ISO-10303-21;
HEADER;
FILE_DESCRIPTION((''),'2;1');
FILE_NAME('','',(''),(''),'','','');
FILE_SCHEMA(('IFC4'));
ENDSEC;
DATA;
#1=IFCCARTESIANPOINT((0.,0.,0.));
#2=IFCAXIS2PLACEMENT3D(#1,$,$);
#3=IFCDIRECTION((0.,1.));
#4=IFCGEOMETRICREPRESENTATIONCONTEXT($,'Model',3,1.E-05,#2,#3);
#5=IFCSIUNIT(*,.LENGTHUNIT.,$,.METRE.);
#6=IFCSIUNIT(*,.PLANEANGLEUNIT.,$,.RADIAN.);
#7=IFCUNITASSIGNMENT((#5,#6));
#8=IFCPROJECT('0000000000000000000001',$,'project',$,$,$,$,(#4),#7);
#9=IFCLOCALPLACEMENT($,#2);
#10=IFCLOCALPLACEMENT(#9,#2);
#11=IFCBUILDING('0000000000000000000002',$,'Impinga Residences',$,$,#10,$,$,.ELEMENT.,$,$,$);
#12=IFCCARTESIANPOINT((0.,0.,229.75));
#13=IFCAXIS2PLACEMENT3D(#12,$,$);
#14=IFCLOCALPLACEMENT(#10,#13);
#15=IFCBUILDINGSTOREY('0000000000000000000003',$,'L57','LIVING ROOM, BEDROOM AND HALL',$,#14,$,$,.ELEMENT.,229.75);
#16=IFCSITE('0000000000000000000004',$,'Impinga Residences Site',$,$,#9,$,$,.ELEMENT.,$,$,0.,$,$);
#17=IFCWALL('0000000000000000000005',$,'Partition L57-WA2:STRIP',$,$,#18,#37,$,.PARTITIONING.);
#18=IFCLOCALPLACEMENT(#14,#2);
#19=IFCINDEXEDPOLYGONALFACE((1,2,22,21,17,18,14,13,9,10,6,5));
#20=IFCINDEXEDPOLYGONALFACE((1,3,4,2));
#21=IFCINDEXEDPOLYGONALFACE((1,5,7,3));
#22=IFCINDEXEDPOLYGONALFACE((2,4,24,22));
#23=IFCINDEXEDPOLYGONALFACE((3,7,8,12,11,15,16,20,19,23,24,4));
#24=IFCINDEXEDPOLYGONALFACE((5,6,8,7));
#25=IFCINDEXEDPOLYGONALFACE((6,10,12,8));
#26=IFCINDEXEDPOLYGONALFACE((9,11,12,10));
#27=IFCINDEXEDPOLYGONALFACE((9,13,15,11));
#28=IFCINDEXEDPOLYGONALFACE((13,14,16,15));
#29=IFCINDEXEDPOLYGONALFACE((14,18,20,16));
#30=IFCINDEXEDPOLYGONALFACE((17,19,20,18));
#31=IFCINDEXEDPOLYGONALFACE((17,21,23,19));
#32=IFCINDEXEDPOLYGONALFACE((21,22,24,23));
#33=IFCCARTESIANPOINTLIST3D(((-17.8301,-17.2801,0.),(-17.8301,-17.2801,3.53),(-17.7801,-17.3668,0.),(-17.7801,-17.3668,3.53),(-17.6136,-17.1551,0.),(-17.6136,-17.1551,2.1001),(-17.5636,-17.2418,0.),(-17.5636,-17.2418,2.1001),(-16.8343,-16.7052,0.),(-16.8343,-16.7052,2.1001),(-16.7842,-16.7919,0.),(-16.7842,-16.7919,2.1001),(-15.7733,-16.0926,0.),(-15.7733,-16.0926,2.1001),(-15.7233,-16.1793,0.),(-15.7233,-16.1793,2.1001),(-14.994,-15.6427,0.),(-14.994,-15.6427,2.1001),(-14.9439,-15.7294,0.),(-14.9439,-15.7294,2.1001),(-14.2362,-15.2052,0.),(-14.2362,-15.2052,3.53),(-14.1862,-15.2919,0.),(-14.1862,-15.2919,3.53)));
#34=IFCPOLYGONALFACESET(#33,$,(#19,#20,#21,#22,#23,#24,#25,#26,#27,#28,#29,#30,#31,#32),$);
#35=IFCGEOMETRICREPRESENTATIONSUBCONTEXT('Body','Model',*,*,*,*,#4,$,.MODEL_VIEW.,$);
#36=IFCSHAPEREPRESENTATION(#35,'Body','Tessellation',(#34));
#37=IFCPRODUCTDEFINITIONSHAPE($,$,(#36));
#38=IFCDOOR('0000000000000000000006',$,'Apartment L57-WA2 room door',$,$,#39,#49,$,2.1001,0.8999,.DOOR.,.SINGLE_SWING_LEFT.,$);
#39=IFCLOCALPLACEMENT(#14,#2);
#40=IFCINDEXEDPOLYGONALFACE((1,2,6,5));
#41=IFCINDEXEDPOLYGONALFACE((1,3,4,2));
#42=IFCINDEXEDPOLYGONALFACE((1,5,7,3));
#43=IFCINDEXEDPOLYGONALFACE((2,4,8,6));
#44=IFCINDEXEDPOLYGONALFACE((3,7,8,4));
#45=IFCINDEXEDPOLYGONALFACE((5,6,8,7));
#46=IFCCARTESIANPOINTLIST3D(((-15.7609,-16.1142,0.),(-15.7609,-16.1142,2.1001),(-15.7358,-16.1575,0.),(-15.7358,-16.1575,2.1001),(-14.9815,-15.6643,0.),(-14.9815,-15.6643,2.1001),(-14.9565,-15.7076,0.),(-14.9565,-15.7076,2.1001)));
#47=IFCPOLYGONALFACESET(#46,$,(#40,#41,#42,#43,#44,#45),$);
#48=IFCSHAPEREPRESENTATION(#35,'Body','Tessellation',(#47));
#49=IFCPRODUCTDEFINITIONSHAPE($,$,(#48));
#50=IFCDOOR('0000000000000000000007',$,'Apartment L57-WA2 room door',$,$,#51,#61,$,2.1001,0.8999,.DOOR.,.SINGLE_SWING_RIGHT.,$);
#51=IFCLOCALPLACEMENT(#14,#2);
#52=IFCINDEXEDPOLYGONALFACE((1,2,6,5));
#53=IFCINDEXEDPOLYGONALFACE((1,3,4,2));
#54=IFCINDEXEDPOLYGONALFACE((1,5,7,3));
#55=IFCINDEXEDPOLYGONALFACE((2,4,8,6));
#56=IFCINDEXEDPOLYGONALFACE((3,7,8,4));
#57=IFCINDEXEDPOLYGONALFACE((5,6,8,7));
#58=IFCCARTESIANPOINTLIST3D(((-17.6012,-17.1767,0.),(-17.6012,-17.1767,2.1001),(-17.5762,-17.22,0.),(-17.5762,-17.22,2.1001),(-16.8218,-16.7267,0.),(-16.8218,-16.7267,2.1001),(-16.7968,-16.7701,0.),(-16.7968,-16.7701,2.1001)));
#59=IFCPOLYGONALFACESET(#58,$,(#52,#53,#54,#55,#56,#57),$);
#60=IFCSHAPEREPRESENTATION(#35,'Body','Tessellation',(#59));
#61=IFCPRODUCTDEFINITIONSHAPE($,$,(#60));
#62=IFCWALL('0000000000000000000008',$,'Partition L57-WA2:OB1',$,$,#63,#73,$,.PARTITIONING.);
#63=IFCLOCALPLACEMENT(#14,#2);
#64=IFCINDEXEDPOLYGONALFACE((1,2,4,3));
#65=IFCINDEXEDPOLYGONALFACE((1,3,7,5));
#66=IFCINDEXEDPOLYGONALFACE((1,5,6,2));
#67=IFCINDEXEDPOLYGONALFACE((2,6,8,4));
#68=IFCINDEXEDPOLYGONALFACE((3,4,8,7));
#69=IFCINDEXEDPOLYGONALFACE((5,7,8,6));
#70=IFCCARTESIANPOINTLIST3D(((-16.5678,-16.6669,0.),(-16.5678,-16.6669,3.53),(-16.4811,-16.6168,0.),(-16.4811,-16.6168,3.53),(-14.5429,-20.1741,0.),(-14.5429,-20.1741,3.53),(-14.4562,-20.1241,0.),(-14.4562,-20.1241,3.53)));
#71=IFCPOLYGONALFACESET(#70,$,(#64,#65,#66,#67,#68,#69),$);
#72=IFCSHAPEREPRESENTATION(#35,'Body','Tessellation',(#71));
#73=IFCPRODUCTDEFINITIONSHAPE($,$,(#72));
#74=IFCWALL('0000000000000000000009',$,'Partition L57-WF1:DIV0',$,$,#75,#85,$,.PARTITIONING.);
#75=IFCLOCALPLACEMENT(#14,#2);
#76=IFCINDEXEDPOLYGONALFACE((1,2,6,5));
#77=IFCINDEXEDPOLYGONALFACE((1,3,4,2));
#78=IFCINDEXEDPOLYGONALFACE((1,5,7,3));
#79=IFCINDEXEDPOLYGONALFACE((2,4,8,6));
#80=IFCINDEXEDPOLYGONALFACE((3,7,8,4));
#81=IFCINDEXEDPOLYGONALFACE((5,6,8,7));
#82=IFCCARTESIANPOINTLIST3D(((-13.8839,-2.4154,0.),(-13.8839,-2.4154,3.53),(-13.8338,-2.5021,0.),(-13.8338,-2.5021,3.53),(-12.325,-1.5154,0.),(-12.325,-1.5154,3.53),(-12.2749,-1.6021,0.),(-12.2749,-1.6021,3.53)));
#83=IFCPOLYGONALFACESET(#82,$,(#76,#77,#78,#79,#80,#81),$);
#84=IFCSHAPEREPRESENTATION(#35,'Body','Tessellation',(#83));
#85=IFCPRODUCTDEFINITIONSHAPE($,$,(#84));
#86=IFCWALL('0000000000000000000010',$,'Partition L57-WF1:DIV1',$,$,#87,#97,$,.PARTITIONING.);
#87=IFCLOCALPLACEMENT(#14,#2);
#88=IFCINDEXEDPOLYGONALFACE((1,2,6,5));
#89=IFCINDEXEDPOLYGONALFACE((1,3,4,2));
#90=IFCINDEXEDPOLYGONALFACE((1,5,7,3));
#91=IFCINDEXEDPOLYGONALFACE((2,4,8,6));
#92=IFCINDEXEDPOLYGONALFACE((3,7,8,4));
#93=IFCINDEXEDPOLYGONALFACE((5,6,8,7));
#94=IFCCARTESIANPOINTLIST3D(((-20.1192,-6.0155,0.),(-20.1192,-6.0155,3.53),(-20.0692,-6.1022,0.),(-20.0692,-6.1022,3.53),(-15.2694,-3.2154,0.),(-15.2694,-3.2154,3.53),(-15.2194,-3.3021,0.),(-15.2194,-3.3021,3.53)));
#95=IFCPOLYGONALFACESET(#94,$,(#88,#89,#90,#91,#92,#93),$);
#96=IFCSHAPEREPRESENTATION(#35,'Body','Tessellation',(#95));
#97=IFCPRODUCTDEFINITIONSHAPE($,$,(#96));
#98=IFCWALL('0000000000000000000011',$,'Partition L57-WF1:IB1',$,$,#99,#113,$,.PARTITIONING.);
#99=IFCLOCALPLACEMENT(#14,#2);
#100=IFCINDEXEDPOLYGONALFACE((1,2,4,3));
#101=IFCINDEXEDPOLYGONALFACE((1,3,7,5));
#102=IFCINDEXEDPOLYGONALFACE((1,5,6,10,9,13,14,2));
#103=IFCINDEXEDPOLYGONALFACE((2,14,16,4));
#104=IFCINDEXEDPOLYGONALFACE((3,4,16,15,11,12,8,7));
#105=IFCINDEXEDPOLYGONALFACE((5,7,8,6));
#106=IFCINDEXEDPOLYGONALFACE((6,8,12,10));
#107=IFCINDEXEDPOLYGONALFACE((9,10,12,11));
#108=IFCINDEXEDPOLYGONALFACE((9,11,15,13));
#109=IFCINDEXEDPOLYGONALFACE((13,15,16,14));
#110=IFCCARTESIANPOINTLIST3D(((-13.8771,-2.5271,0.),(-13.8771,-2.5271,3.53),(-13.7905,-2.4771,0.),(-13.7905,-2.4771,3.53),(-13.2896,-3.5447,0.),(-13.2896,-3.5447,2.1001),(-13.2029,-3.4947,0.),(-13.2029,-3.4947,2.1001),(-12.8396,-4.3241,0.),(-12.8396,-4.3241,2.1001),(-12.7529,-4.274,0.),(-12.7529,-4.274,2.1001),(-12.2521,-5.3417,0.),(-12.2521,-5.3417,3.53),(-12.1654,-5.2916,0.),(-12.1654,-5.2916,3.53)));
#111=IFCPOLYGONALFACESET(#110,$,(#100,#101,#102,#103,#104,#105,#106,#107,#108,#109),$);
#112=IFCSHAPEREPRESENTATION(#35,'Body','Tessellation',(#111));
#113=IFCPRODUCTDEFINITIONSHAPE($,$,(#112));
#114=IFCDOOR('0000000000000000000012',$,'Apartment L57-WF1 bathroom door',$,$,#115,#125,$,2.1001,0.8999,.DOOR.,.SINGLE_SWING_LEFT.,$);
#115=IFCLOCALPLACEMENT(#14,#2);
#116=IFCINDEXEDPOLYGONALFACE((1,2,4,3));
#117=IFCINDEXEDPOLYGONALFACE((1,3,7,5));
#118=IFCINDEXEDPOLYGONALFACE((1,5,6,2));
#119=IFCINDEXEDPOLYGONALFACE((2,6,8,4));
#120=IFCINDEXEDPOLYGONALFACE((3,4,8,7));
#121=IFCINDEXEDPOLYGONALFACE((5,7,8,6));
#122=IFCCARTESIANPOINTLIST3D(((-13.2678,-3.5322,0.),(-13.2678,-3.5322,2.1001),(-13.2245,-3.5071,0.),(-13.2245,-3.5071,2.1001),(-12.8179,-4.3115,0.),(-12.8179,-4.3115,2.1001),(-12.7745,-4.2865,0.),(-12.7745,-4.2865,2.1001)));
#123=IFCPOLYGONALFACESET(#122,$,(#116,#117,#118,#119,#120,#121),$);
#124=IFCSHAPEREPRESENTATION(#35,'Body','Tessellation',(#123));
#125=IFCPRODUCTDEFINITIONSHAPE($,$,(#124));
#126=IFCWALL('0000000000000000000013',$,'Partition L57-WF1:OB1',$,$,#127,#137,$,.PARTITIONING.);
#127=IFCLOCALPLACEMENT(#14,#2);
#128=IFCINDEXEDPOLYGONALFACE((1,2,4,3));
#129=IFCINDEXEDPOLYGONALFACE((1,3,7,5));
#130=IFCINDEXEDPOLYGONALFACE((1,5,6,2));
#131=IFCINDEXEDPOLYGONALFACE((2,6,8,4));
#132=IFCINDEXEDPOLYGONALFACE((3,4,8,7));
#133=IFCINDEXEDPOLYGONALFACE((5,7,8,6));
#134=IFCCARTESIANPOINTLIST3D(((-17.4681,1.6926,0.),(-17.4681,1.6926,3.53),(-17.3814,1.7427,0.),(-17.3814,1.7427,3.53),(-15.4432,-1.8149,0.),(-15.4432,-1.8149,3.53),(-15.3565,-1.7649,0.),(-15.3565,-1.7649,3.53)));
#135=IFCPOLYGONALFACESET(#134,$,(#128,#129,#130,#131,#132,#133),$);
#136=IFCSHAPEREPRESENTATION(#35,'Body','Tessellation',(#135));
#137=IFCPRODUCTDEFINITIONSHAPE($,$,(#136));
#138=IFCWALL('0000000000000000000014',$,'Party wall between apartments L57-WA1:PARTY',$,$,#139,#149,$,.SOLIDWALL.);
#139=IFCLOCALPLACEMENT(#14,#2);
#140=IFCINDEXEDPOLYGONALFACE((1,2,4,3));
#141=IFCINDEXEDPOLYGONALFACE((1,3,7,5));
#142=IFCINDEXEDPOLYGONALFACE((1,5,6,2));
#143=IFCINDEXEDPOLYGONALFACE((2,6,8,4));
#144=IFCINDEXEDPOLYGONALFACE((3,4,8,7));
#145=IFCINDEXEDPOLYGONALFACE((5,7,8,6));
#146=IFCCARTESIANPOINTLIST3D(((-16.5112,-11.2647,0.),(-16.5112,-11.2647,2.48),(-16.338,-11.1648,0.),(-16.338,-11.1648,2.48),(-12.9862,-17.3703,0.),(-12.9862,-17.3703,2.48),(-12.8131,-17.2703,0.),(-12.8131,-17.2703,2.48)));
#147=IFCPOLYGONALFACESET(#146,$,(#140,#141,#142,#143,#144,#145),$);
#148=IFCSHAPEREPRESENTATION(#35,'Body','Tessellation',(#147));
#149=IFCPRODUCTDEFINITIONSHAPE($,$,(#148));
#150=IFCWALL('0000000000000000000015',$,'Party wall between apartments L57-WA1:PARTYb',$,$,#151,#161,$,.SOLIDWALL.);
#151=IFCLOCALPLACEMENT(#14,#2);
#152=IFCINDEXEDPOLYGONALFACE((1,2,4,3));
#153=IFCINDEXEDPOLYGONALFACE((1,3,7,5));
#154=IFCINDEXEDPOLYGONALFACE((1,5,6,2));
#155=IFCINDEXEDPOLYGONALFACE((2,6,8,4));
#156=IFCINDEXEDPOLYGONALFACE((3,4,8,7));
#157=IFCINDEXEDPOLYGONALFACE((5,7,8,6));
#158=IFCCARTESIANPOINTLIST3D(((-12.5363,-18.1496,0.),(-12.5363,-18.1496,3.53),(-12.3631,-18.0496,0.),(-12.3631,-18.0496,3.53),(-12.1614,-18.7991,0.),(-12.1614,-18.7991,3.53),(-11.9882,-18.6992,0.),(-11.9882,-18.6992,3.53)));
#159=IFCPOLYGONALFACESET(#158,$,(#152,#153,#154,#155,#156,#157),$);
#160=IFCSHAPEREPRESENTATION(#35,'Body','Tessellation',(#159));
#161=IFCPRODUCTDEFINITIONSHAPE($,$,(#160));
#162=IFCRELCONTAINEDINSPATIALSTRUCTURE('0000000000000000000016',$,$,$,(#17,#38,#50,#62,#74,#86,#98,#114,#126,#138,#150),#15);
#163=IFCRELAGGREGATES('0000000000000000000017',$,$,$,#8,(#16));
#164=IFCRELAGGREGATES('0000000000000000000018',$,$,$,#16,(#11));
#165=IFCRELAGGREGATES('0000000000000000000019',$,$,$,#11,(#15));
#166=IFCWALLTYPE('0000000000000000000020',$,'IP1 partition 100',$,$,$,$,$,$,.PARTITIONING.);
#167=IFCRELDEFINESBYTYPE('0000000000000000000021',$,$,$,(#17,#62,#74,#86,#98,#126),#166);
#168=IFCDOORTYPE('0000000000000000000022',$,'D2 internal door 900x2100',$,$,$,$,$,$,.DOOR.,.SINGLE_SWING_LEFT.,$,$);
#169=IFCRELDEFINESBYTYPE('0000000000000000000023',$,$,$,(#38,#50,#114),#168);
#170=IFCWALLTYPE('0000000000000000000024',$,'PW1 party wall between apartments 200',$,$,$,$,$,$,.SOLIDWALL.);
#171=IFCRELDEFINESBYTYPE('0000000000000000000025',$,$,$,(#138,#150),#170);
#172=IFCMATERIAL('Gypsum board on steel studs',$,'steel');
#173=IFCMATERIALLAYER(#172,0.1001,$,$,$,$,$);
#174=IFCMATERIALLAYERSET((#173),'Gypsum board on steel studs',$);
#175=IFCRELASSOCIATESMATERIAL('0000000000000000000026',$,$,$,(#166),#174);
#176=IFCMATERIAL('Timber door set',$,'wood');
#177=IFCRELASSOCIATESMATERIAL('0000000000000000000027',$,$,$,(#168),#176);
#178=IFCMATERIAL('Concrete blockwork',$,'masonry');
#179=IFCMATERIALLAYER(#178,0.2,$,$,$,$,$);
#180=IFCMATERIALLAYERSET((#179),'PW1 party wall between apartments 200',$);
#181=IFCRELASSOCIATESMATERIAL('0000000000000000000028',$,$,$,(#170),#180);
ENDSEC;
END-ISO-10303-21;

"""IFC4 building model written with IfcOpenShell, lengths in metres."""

from ifc_helpers import new_model, si_unit, direction, frame, frame_2d, origin, place, context, subcontext, project, spatial, rectangle, extrude, material, layer, layer_set, type_object, element, fill, save


model = new_model("IFC4")

# Units and contexts
model_context = context("Model", 3, precision=1e-05, world=origin(), true_north=direction((0.0, 1.0)))
body_context = subcontext(model_context, "Body", "Model", "MODEL_VIEW")
ifc_project = project(units=[si_unit("LENGTHUNIT", "METRE"), si_unit("PLANEANGLEUNIT", "RADIAN")], contexts=[model_context])

# Site, building, storey
site_placement = place(None, origin())
site = spatial("IfcSite", under=ifc_project, at=site_placement, Name="Impinga Residences Site", CompositionType="ELEMENT", RefElevation=0.0)
building_placement = place(site_placement, origin())
building = spatial("IfcBuilding", under=site, at=building_placement, Name="Impinga Residences", CompositionType="ELEMENT")
storey_placement = place(building_placement, frame((0.0, 0.0, 229.75)))
storey = spatial("IfcBuildingStorey", under=building, at=storey_placement, Name="L57", Description="LIVING ROOM, BEDROOM AND HALL", CompositionType="ELEMENT", Elevation=229.75)

# Shared definitions
ifc_material_1 = material(Name="Gypsum board on steel studs", Category="steel")
ifc_layer_1 = layer(ifc_material_1, 0.1001)
ifc_layer_set_1 = layer_set([ifc_layer_1], Name="Gypsum board on steel studs")
wall_type_1 = type_object("IfcWallType", Name="IP1 partition 100", PredefinedType="PARTITIONING", material=ifc_layer_set_1)

# Shared definitions
ifc_material_2 = material(Name="Timber door set", Category="wood")
door_type = type_object("IfcDoorType", Name="D2 internal door 900x2100", OperationType="SINGLE_SWING_LEFT", PredefinedType="DOOR", material=ifc_material_2)

# Wall, openings, doors
wall_1_placement = place(storey_placement, frame((-14.2112, -15.2485, 0.0), z_axis=(0.0, 0.0, 1.0), x_axis=(-0.86603, -0.499992, 0.0)))
wall_1 = element("IfcWall", 1, at=wall_1_placement, inside=storey, type_object=wall_type_1, Name="Partition L57-WA2:STRIP", PredefinedType="PARTITIONING", context=body_context, shape_type="SweptSolid", body=[
    extrude(rectangle(XDim=4.1499, YDim=0.1001, at=frame_2d((2.075, 0.0))), origin(), (0.0, 0.0, 1.0), 3.53),
])
opening_1_placement = place(wall_1_placement, frame((0.875, 0.0, 0.0)))
opening_1 = element("IfcOpeningElement", 2, at=opening_1_placement, cuts=wall_1, PredefinedType="OPENING", context=body_context, shape_type="SweptSolid", body=[
    extrude(rectangle(XDim=0.8999, YDim=2.1001, at=frame_2d((0.45, 1.05))), frame((0.0, 0.0601, 0.0), z_axis=(0.0, -1.0, 0.0), x_axis=(1.0, 0.0, 0.0)), (0.0, 0.0, 1.0), 0.1201),
])
opening_2_placement = place(wall_1_placement, frame((3.0, 0.0, 0.0)))
opening_2 = element("IfcOpeningElement", 3, at=opening_2_placement, cuts=wall_1, PredefinedType="OPENING", context=body_context, shape_type="SweptSolid", body=[
    extrude(rectangle(XDim=0.8999, YDim=2.1001, at=frame_2d((0.45, 1.05))), frame((0.0, 0.0601, 0.0), z_axis=(0.0, -1.0, 0.0), x_axis=(1.0, 0.0, 0.0)), (0.0, 0.0, 1.0), 0.1201),
])
door_1_placement = place(opening_1_placement, origin())
door_1 = element("IfcDoor", 4, at=door_1_placement, inside=storey, type_object=door_type, Name="Apartment L57-WA2 room door", OperationType="SINGLE_SWING_LEFT", OverallHeight=2.1001, OverallWidth=0.8999, PredefinedType="DOOR", context=body_context, shape_type="SweptSolid", body=[
    extrude(rectangle(XDim=0.8999, YDim=2.1001, at=frame_2d((0.45, 1.05))), frame((0.0, 0.0249, 0.0), z_axis=(0.0, -1.0, 0.0), x_axis=(1.0, 0.0, 0.0)), (0.0, 0.0, 1.0), 0.05),
])
fill(opening_1, door_1)
door_2_placement = place(opening_2_placement, origin())
door_2 = element("IfcDoor", 5, at=door_2_placement, inside=storey, type_object=door_type, Name="Apartment L57-WA2 room door", OperationType="SINGLE_SWING_RIGHT", OverallHeight=2.1001, OverallWidth=0.8999, PredefinedType="DOOR", context=body_context, shape_type="SweptSolid", body=[
    extrude(rectangle(XDim=0.8999, YDim=2.1001, at=frame_2d((0.45, 1.05))), frame((0.0, 0.0249, 0.0), z_axis=(0.0, -1.0, 0.0), x_axis=(1.0, 0.0, 0.0)), (0.0, 0.0, 1.0), 0.05),
])
fill(opening_2, door_2)

# Walls
wall_2_placement = place(storey_placement, frame((-16.5244, -16.6418, 0.0), z_axis=(0.0, 0.0, 1.0), x_axis=(0.49999, -0.866031, 0.0)))
element("IfcWall", 6, at=wall_2_placement, inside=storey, type_object=wall_type_1, Name="Partition L57-WA2:OB1", PredefinedType="PARTITIONING", context=body_context, shape_type="SweptSolid", body=[
    extrude(rectangle(XDim=4.0498, YDim=0.1001, at=frame_2d((2.0249, 0.0))), origin(), (0.0, 0.0, 1.0), 3.53),
])
wall_3_placement = place(storey_placement, frame((-12.3, -1.5588, 0.0), z_axis=(0.0, 0.0, 1.0), x_axis=(-0.866048, -0.499961, 0.0)))
element("IfcWall", 7, at=wall_3_placement, inside=storey, type_object=wall_type_1, Name="Partition L57-WF1:DIV0", PredefinedType="PARTITIONING", context=body_context, shape_type="SweptSolid", body=[
    extrude(rectangle(XDim=1.8, YDim=0.1001, at=frame_2d((0.8999, 0.0))), origin(), (0.0, 0.0, 1.0), 3.53),
])
wall_4_placement = place(storey_placement, frame((-15.2444, -3.2588, 0.0), z_axis=(0.0, 0.0, 1.0), x_axis=(-0.866027, -0.499998, 0.0)))
element("IfcWall", 8, at=wall_4_placement, inside=storey, type_object=wall_type_1, Name="Partition L57-WF1:DIV1", PredefinedType="PARTITIONING", context=body_context, shape_type="SweptSolid", body=[
    extrude(rectangle(XDim=5.6001, YDim=0.1001, at=frame_2d((2.8, 0.0))), origin(), (0.0, 0.0, 1.0), 3.53),
])

# Wall, opening, door
wall_5_placement = place(storey_placement, frame((-12.2087, -5.3167, 0.0), z_axis=(0.0, 0.0, 1.0), x_axis=(-0.500017, 0.866015, 0.0)))
wall_5 = element("IfcWall", 9, at=wall_5_placement, inside=storey, type_object=wall_type_1, Name="Partition L57-WF1:IB1", PredefinedType="PARTITIONING", context=body_context, shape_type="SweptSolid", body=[
    extrude(rectangle(XDim=3.25, YDim=0.1001, at=frame_2d((1.625, 0.0))), origin(), (0.0, 0.0, 1.0), 3.53),
])
opening_3_placement = place(wall_5_placement, frame((1.175, 0.0, 0.0)))
opening_3 = element("IfcOpeningElement", 10, at=opening_3_placement, cuts=wall_5, PredefinedType="OPENING", context=body_context, shape_type="SweptSolid", body=[
    extrude(rectangle(XDim=0.8999, YDim=2.1001, at=frame_2d((0.45, 1.05))), frame((0.0, 0.0601, 0.0), z_axis=(0.0, -1.0, 0.0), x_axis=(1.0, 0.0, 0.0)), (0.0, 0.0, 1.0), 0.1201),
])
door_3_placement = place(opening_3_placement, origin())
door_3 = element("IfcDoor", 11, at=door_3_placement, inside=storey, type_object=door_type, Name="Apartment L57-WF1 bathroom door", OperationType="SINGLE_SWING_LEFT", OverallHeight=2.1001, OverallWidth=0.8999, PredefinedType="DOOR", context=body_context, shape_type="SweptSolid", body=[
    extrude(rectangle(XDim=0.8999, YDim=2.1001, at=frame_2d((0.45, 1.05))), frame((0.0, 0.0249, 0.0), z_axis=(0.0, -1.0, 0.0), x_axis=(1.0, 0.0, 0.0)), (0.0, 0.0, 1.0), 0.05),
])
fill(opening_3, door_3)

# Walls
wall_6_placement = place(storey_placement, frame((-15.3999, -1.7898, 0.0), z_axis=(0.0, 0.0, 1.0), x_axis=(-0.499964, 0.866046, 0.0)))
element("IfcWall", 12, at=wall_6_placement, inside=storey, type_object=wall_type_1, Name="Partition L57-WF1:OB1", PredefinedType="PARTITIONING", context=body_context, shape_type="SweptSolid", body=[
    extrude(rectangle(XDim=4.05, YDim=0.1001, at=frame_2d((2.0249, 0.0))), origin(), (0.0, 0.0, 1.0), 3.53),
])
ifc_material_3 = material(Name="Concrete blockwork", Category="masonry")
ifc_layer_2 = layer(ifc_material_3, 0.2)
ifc_layer_set_2 = layer_set([ifc_layer_2], Name="PW1 party wall between apartments 200")
wall_type_2 = type_object("IfcWallType", Name="PW1 party wall between apartments 200", PredefinedType="SOLIDWALL", material=ifc_layer_set_2)
wall_7_placement = place(storey_placement, frame((-16.4246, -11.2148, 0.0), z_axis=(0.0, 0.0, 1.0), x_axis=(0.49999, -0.866031, 0.0)))
element("IfcWall", 13, at=wall_7_placement, inside=storey, type_object=wall_type_2, Name="Party wall between apartments L57-WA1:PARTY", PredefinedType="SOLIDWALL", context=body_context, shape_type="SweptSolid", body=[
    extrude(rectangle(XDim=7.05, YDim=0.2, at=frame_2d((3.5249, 0.0))), origin(), (0.0, 0.0, 1.0), 2.48),
])
wall_8_placement = place(storey_placement, frame((-12.4497, -18.0996, 0.0), z_axis=(0.0, 0.0, 1.0), x_axis=(0.49992, -0.866072, 0.0)))
element("IfcWall", 14, at=wall_8_placement, inside=storey, type_object=wall_type_2, Name="Party wall between apartments L57-WA1:PARTYb", PredefinedType="SOLIDWALL", context=body_context, shape_type="SweptSolid", body=[
    extrude(rectangle(XDim=0.75, YDim=0.2, at=frame_2d((0.375, 0.0))), origin(), (0.0, 0.0, 1.0), 3.53),
])

save(model, "model.ifc")
